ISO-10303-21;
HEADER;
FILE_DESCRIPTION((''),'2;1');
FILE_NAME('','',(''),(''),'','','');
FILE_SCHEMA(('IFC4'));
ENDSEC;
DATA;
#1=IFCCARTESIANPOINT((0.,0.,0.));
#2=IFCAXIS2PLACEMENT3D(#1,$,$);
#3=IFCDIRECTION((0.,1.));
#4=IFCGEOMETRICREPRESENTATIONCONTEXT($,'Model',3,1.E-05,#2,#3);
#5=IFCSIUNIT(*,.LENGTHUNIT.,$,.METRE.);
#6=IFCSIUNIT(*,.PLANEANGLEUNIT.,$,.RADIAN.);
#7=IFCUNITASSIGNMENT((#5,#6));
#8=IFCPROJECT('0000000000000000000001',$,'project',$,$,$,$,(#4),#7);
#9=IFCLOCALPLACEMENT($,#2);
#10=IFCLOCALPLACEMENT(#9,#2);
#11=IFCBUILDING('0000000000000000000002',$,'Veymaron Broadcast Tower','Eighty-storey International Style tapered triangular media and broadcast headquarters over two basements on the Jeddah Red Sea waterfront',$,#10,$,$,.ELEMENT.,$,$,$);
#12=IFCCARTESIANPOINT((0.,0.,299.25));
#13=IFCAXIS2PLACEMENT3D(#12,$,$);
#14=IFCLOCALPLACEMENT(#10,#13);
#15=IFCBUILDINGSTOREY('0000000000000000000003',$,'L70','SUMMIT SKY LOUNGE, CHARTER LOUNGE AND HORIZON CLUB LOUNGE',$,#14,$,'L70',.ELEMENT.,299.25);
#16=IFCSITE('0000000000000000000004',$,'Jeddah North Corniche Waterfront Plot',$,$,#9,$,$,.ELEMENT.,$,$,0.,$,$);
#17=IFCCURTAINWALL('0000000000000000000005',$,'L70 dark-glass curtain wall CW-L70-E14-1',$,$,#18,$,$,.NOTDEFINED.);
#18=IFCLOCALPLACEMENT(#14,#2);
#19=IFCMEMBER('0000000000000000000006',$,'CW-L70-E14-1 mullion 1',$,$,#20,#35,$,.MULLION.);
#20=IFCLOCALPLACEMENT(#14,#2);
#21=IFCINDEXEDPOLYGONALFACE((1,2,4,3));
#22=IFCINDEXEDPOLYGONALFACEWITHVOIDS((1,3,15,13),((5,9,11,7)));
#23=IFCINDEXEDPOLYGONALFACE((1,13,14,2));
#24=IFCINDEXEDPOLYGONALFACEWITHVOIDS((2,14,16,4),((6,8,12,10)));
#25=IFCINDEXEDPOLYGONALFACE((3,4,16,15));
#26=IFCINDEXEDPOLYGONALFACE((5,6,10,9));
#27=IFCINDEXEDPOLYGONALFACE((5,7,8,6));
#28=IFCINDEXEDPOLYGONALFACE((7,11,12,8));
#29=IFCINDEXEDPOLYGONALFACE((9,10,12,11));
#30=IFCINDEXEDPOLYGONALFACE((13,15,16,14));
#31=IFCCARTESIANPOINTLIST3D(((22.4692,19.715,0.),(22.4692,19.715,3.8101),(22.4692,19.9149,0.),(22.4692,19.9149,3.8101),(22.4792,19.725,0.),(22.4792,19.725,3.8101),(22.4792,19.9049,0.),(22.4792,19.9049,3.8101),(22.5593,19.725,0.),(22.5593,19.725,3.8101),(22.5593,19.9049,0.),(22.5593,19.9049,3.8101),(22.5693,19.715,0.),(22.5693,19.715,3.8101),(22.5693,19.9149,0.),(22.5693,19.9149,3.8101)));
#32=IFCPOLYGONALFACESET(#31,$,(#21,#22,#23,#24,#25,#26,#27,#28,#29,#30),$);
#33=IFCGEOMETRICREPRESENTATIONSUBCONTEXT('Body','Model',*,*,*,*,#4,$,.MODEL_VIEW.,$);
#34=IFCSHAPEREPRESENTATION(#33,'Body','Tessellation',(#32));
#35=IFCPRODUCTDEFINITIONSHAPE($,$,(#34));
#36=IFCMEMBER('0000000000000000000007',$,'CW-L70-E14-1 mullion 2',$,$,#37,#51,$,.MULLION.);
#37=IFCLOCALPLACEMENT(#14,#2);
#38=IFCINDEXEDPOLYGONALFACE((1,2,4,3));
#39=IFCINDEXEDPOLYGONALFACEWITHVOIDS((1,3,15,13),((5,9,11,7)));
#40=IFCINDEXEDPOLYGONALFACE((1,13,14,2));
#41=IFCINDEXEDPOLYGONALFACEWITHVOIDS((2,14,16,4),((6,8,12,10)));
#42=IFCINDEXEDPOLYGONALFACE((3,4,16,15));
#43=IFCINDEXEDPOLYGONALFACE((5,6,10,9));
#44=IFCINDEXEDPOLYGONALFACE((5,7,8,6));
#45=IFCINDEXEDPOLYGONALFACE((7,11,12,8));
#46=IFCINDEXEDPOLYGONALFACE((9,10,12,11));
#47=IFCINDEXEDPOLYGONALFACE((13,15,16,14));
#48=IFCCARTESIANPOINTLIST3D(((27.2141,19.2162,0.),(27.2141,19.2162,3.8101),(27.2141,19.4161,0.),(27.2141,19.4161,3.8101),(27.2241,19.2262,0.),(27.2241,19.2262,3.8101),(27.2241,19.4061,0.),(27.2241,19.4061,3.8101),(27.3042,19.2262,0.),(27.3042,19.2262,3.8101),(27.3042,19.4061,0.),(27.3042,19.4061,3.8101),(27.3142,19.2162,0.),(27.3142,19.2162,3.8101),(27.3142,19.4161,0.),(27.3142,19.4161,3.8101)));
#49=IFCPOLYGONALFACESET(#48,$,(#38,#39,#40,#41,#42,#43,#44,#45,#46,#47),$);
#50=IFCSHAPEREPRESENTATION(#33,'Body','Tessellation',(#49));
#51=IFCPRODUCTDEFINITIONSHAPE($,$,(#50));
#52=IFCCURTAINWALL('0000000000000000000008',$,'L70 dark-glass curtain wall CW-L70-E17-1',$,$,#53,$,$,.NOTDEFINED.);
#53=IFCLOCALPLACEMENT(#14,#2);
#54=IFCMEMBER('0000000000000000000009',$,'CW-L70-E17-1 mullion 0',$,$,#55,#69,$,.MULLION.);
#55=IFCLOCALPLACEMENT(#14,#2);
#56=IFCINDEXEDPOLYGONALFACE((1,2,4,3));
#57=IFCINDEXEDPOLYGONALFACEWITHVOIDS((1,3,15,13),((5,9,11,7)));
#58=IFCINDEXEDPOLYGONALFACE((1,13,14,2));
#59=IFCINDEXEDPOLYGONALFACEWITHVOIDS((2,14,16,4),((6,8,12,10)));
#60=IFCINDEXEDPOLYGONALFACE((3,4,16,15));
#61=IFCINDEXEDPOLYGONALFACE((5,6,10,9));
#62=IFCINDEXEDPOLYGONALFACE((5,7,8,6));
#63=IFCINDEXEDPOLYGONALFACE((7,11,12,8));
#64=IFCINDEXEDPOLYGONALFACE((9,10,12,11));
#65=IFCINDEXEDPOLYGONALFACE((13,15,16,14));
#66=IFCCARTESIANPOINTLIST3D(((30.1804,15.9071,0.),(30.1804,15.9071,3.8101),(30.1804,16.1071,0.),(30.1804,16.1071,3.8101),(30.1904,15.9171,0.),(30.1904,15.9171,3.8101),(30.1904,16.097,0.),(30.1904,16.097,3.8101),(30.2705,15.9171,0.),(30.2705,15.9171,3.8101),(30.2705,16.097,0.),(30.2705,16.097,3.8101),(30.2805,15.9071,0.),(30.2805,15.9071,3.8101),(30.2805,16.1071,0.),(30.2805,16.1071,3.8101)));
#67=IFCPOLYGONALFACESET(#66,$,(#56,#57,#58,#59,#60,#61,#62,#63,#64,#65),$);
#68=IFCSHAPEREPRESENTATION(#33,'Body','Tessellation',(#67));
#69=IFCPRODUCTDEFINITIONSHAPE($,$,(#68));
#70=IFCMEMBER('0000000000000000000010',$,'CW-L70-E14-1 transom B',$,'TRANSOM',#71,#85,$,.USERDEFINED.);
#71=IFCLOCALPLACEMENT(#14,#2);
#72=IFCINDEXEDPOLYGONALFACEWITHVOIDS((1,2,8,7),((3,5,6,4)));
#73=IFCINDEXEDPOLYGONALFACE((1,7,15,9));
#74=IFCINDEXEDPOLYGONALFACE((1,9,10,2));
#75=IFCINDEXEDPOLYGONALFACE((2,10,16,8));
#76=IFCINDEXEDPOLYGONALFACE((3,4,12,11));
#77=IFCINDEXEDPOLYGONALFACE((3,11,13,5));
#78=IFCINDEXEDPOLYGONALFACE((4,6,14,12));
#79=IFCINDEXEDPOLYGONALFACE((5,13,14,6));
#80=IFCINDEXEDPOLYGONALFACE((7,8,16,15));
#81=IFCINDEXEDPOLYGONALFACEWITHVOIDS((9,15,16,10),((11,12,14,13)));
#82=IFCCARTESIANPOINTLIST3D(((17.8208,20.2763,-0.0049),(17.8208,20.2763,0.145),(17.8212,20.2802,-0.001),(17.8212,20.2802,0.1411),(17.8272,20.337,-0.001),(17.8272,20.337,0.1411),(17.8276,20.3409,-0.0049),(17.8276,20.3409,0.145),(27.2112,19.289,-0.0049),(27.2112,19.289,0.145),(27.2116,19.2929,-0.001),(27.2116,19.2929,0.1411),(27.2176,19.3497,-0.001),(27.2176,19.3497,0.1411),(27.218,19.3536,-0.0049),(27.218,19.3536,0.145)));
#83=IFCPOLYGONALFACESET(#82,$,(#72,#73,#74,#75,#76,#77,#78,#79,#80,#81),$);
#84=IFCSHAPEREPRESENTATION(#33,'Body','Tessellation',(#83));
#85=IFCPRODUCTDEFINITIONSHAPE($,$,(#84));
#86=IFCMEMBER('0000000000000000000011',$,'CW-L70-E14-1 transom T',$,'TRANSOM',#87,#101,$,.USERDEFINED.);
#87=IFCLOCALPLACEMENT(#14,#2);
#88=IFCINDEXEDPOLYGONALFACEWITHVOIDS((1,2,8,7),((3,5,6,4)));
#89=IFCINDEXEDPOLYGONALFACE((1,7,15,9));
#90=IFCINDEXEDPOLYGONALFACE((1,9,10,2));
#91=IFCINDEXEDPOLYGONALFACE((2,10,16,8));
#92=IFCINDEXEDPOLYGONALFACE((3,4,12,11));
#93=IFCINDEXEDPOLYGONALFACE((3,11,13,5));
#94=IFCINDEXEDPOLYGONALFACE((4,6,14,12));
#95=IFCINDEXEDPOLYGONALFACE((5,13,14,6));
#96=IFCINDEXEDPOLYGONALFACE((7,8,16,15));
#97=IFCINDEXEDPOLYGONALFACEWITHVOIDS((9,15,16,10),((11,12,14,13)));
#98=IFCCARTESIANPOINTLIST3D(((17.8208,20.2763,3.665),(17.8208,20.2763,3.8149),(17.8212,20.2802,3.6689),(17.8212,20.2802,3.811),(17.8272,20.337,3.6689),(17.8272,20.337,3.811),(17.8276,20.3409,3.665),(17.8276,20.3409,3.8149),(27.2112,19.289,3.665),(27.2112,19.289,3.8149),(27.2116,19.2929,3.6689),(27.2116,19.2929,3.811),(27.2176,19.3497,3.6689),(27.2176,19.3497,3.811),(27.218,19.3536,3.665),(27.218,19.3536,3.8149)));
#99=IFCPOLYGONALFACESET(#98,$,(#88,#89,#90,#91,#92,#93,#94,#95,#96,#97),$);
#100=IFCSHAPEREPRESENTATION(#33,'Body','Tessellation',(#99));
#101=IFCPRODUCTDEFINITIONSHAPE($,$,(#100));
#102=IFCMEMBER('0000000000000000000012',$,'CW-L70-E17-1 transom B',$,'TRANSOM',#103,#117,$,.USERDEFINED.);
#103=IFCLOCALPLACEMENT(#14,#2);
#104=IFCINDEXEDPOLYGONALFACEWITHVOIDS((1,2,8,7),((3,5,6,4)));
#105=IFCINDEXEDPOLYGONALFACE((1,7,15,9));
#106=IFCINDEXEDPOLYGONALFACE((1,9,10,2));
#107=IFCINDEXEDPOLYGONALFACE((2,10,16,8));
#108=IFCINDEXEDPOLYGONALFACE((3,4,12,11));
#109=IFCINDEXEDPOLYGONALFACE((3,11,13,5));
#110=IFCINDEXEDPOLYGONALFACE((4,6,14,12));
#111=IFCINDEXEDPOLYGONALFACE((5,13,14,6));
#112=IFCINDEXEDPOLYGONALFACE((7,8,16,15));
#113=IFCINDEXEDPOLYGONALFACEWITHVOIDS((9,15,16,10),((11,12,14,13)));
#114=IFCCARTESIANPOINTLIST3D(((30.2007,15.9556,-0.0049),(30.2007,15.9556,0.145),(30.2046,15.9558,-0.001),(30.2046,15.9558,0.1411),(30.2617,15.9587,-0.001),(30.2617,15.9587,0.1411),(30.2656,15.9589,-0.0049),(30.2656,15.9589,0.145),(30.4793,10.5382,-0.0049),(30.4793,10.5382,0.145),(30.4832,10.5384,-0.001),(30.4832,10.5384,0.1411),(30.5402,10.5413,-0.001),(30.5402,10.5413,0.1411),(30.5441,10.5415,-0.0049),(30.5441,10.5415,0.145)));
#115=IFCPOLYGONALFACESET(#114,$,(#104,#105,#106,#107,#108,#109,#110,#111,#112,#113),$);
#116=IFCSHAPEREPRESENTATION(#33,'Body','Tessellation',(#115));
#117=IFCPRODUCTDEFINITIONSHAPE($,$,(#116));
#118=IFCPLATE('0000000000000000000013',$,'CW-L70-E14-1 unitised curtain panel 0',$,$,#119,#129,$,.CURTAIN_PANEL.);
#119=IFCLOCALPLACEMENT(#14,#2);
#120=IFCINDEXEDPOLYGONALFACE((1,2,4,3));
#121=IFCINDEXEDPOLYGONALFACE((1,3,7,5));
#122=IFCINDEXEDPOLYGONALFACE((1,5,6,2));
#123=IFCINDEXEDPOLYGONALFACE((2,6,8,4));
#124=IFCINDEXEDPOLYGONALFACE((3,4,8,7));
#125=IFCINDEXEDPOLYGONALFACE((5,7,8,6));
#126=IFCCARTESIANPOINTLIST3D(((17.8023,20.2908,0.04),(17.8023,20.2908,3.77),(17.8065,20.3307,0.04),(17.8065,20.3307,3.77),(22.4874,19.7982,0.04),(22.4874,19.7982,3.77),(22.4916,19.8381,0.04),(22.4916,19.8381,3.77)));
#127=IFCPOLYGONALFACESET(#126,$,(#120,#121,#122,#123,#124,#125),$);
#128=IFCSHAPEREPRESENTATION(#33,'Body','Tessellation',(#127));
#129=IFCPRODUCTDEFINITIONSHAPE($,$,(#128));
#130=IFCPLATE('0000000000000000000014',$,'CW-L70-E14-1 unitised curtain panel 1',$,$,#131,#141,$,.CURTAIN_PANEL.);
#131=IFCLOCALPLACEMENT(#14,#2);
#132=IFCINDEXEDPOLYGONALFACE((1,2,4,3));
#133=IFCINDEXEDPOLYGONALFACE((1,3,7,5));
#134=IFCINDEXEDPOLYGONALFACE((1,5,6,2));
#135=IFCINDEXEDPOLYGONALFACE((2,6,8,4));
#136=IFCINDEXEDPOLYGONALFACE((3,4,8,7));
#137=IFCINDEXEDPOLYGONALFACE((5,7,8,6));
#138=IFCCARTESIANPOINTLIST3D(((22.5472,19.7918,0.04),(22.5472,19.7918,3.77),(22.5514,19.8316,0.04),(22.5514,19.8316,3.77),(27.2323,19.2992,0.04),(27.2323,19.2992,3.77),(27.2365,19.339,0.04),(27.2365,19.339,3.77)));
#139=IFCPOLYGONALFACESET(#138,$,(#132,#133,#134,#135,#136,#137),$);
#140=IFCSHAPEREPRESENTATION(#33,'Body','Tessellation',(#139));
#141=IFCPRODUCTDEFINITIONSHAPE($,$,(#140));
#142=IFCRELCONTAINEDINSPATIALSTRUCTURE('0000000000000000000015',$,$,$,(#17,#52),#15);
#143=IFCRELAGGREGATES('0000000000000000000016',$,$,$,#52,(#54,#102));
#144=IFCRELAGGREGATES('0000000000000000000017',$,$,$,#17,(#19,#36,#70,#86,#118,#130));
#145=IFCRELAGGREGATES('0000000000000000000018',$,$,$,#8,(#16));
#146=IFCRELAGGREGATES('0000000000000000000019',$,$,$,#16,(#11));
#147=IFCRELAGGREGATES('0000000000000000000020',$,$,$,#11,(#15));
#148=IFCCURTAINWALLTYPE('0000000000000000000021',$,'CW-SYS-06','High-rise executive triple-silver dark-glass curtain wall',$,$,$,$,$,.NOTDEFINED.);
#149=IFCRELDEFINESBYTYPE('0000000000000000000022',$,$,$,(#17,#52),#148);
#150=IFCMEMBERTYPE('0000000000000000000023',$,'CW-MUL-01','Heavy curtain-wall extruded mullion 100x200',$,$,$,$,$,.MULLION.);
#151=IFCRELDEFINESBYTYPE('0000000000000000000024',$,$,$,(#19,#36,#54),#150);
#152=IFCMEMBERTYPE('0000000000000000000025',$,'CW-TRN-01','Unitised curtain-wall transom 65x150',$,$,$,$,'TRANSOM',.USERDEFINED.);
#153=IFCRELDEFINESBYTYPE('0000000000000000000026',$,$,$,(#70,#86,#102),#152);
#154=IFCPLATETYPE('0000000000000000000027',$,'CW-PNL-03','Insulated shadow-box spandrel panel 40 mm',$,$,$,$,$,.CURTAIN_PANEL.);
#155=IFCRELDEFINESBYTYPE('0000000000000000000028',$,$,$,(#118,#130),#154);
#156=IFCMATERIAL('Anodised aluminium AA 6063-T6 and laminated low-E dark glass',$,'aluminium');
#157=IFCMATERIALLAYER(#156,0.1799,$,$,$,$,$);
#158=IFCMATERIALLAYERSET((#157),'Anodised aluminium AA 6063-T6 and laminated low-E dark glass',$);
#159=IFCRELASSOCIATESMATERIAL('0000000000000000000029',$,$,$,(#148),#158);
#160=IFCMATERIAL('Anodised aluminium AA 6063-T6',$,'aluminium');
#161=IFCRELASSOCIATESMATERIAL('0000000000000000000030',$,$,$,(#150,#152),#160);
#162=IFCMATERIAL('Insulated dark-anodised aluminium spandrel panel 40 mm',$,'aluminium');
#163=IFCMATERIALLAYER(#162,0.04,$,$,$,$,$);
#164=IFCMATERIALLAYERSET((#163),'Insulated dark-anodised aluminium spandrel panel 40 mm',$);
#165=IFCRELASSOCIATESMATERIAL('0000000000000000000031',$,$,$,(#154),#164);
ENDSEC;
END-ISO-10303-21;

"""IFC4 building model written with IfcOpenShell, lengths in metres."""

from ifc_helpers import new_model, si_unit, direction, frame, origin, origin_2d, place, context, subcontext, project, spatial, rectangle, hollow_rectangle, extrude, material, layer, layer_set, material_profile, profile_set, type_object, element, aggregate, save


model = new_model("IFC4")

# Units and contexts
model_context = context("Model", 3, precision=1e-05, world=origin(), true_north=direction((0.0, 1.0)))
body_context = subcontext(model_context, "Body", "Model", "MODEL_VIEW")
ifc_project = project(units=[si_unit("LENGTHUNIT", "METRE"), si_unit("PLANEANGLEUNIT", "RADIAN")], contexts=[model_context])

# Site, building, storey
site_placement = place(None, origin())
site = spatial("IfcSite", under=ifc_project, at=site_placement, Name="Jeddah North Corniche Waterfront Plot", CompositionType="ELEMENT", RefElevation=0.0)
building_placement = place(site_placement, origin())
building = spatial("IfcBuilding", under=site, at=building_placement, Name="Veymaron Broadcast Tower", Description="Eighty-storey International Style tapered triangular media and broadcast headquarters over two basements on the Jeddah Red Sea waterfront", CompositionType="ELEMENT")
storey_placement = place(building_placement, frame((0.0, 0.0, 299.25)))
storey = spatial("IfcBuildingStorey", under=building, at=storey_placement, Name="L70", Description="SUMMIT SKY LOUNGE, CHARTER LOUNGE AND HORIZON CLUB LOUNGE", LongName="L70", CompositionType="ELEMENT", Elevation=299.25)

# Curtain wall, members
ifc_material_1 = material(Name="Anodised aluminium AA 6063-T6 and laminated low-E dark glass", Category="aluminium")
ifc_layer_1 = layer(ifc_material_1, 0.1799)
ifc_layer_set_1 = layer_set([ifc_layer_1], Name="Anodised aluminium AA 6063-T6 and laminated low-E dark glass")
curtain_wall_type = type_object("IfcCurtainWallType", Name="CW-SYS-06", Description="High-rise executive triple-silver dark-glass curtain wall", PredefinedType="NOTDEFINED", material=ifc_layer_set_1)
curtain_wall_1_placement = place(storey_placement, origin())
curtain_wall_1 = element("IfcCurtainWall", 1, at=curtain_wall_1_placement, inside=storey, type_object=curtain_wall_type, Name="L70 dark-glass curtain wall CW-L70-E14-1", PredefinedType="NOTDEFINED")
ifc_material_2 = material(Name="Anodised aluminium AA 6063-T6", Category="aluminium")
ifc_material_profile_1 = material_profile(ifc_material_2, hollow_rectangle(XDim=0.1001, YDim=0.2, WallThickness=0.01, at=origin_2d()), Name="RHS200X100X10")
ifc_profile_set_1 = profile_set([ifc_material_profile_1], Name="Anodised aluminium AA 6063-T6")
member_type_1 = type_object("IfcMemberType", Name="CW-MUL-01", Description="Heavy curtain-wall extruded mullion 100x200", PredefinedType="MULLION", material=ifc_profile_set_1)
member_1_placement = place(storey_placement, frame((22.5193, 19.8149, 0.0), z_axis=(0.0, 0.0, 1.0), x_axis=(1.0, 0.0, 0.0)))
member_1 = element("IfcMember", 2, at=member_1_placement, type_object=member_type_1, Name="CW-L70-E14-1 mullion 1", PredefinedType="MULLION", context=body_context, shape_type="SweptSolid", body=[
    extrude(hollow_rectangle(XDim=0.1001, YDim=0.2, WallThickness=0.01, at=origin_2d()), origin(), (0.0, 0.0, 1.0), 3.8101),
])
member_2_placement = place(storey_placement, frame((27.2642, 19.3162, 0.0), z_axis=(0.0, 0.0, 1.0), x_axis=(1.0, 0.0, 0.0)))
member_2 = element("IfcMember", 3, at=member_2_placement, type_object=member_type_1, Name="CW-L70-E14-1 mullion 2", PredefinedType="MULLION", context=body_context, shape_type="SweptSolid", body=[
    extrude(hollow_rectangle(XDim=0.1001, YDim=0.2, WallThickness=0.01, at=origin_2d()), origin(), (0.0, 0.0, 1.0), 3.8101),
])

# Curtain wall, member
curtain_wall_2_placement = place(storey_placement, origin())
curtain_wall_2 = element("IfcCurtainWall", 4, at=curtain_wall_2_placement, inside=storey, type_object=curtain_wall_type, Name="L70 dark-glass curtain wall CW-L70-E17-1", PredefinedType="NOTDEFINED")
member_3_placement = place(storey_placement, frame((30.2305, 16.0071, 0.0), z_axis=(0.0, 0.0, 1.0), x_axis=(1.0, 0.0, 0.0)))
member_3 = element("IfcMember", 5, at=member_3_placement, type_object=member_type_1, Name="CW-L70-E17-1 mullion 0", PredefinedType="MULLION", context=body_context, shape_type="SweptSolid", body=[
    extrude(hollow_rectangle(XDim=0.1001, YDim=0.2, WallThickness=0.01, at=origin_2d()), origin(), (0.0, 0.0, 1.0), 3.8101),
])

# Members
ifc_material_profile_2 = material_profile(ifc_material_2, hollow_rectangle(XDim=0.0649, YDim=0.1499, WallThickness=0.0039, at=origin_2d()), Name="AL150X65X4")
ifc_profile_set_2 = profile_set([ifc_material_profile_2], Name="Anodised aluminium AA 6063-T6")
member_type_2 = type_object("IfcMemberType", Name="CW-TRN-01", Description="Unitised curtain-wall transom 65x150", ElementType="TRANSOM", PredefinedType="USERDEFINED", material=ifc_profile_set_2)
member_4_placement = place(storey_placement, frame((17.8242, 20.3086, 0.0701), z_axis=(0.994518, -0.104564, 0.0), x_axis=(0.104564, 0.994518, 0.0)))
member_4 = element("IfcMember", 6, at=member_4_placement, type_object=member_type_2, Name="CW-L70-E14-1 transom B", ObjectType="TRANSOM", PredefinedType="USERDEFINED", context=body_context, shape_type="SweptSolid", body=[
    extrude(hollow_rectangle(XDim=0.0649, YDim=0.1499, WallThickness=0.0039, at=origin_2d()), origin(), (0.0, 0.0, 1.0), 9.4421),
])
member_5_placement = place(storey_placement, frame((17.8242, 20.3086, 3.74), z_axis=(0.994518, -0.104564, 0.0), x_axis=(0.104564, 0.994518, 0.0)))
member_5 = element("IfcMember", 7, at=member_5_placement, type_object=member_type_2, Name="CW-L70-E14-1 transom T", ObjectType="TRANSOM", PredefinedType="USERDEFINED", context=body_context, shape_type="SweptSolid", body=[
    extrude(hollow_rectangle(XDim=0.0649, YDim=0.1499, WallThickness=0.0039, at=origin_2d()), origin(), (0.0, 0.0, 1.0), 9.4421),
])
member_6_placement = place(storey_placement, frame((30.2332, 15.9573, 0.0701), z_axis=(0.051352, -0.998681, 0.0), x_axis=(0.998681, 0.051352, 0.0)))
member_6 = element("IfcMember", 8, at=member_6_placement, type_object=member_type_2, Name="CW-L70-E17-1 transom B", ObjectType="TRANSOM", PredefinedType="USERDEFINED", context=body_context, shape_type="SweptSolid", body=[
    extrude(hollow_rectangle(XDim=0.0649, YDim=0.1499, WallThickness=0.0039, at=origin_2d()), origin(), (0.0, 0.0, 1.0), 5.4246),
])
aggregate(curtain_wall_2, [member_3, member_6])

# Plates
ifc_material_3 = material(Name="Insulated dark-anodised aluminium spandrel panel 40 mm", Category="aluminium")
ifc_layer_2 = layer(ifc_material_3, 0.04)
ifc_layer_set_2 = layer_set([ifc_layer_2], Name="Insulated dark-anodised aluminium spandrel panel 40 mm")
plate_type = type_object("IfcPlateType", Name="CW-PNL-03", Description="Insulated shadow-box spandrel panel 40 mm", PredefinedType="CURTAIN_PANEL", material=ifc_layer_set_2)
plate_1_placement = place(storey_placement, frame((20.147, 20.0645, 0.04), z_axis=(0.0, 0.0, 1.0), x_axis=(0.994518, -0.104563, 0.0)))
plate_1 = element("IfcPlate", 9, at=plate_1_placement, type_object=plate_type, Name="CW-L70-E14-1 unitised curtain panel 0", PredefinedType="CURTAIN_PANEL", context=body_context, shape_type="SweptSolid", body=[
    extrude(rectangle(XDim=4.7109, YDim=0.04, at=origin_2d()), origin(), (0.0, 0.0, 1.0), 3.73),
])
plate_2_placement = place(storey_placement, frame((24.8918, 19.5654, 0.04), z_axis=(0.0, 0.0, 1.0), x_axis=(0.994518, -0.104563, 0.0)))
plate_2 = element("IfcPlate", 10, at=plate_2_placement, type_object=plate_type, Name="CW-L70-E14-1 unitised curtain panel 1", PredefinedType="CURTAIN_PANEL", context=body_context, shape_type="SweptSolid", body=[
    extrude(rectangle(XDim=4.7109, YDim=0.04, at=origin_2d()), origin(), (0.0, 0.0, 1.0), 3.73),
])
aggregate(curtain_wall_1, [member_1, member_2, member_4, member_5, plate_1, plate_2])

save(model, "model.ifc")
